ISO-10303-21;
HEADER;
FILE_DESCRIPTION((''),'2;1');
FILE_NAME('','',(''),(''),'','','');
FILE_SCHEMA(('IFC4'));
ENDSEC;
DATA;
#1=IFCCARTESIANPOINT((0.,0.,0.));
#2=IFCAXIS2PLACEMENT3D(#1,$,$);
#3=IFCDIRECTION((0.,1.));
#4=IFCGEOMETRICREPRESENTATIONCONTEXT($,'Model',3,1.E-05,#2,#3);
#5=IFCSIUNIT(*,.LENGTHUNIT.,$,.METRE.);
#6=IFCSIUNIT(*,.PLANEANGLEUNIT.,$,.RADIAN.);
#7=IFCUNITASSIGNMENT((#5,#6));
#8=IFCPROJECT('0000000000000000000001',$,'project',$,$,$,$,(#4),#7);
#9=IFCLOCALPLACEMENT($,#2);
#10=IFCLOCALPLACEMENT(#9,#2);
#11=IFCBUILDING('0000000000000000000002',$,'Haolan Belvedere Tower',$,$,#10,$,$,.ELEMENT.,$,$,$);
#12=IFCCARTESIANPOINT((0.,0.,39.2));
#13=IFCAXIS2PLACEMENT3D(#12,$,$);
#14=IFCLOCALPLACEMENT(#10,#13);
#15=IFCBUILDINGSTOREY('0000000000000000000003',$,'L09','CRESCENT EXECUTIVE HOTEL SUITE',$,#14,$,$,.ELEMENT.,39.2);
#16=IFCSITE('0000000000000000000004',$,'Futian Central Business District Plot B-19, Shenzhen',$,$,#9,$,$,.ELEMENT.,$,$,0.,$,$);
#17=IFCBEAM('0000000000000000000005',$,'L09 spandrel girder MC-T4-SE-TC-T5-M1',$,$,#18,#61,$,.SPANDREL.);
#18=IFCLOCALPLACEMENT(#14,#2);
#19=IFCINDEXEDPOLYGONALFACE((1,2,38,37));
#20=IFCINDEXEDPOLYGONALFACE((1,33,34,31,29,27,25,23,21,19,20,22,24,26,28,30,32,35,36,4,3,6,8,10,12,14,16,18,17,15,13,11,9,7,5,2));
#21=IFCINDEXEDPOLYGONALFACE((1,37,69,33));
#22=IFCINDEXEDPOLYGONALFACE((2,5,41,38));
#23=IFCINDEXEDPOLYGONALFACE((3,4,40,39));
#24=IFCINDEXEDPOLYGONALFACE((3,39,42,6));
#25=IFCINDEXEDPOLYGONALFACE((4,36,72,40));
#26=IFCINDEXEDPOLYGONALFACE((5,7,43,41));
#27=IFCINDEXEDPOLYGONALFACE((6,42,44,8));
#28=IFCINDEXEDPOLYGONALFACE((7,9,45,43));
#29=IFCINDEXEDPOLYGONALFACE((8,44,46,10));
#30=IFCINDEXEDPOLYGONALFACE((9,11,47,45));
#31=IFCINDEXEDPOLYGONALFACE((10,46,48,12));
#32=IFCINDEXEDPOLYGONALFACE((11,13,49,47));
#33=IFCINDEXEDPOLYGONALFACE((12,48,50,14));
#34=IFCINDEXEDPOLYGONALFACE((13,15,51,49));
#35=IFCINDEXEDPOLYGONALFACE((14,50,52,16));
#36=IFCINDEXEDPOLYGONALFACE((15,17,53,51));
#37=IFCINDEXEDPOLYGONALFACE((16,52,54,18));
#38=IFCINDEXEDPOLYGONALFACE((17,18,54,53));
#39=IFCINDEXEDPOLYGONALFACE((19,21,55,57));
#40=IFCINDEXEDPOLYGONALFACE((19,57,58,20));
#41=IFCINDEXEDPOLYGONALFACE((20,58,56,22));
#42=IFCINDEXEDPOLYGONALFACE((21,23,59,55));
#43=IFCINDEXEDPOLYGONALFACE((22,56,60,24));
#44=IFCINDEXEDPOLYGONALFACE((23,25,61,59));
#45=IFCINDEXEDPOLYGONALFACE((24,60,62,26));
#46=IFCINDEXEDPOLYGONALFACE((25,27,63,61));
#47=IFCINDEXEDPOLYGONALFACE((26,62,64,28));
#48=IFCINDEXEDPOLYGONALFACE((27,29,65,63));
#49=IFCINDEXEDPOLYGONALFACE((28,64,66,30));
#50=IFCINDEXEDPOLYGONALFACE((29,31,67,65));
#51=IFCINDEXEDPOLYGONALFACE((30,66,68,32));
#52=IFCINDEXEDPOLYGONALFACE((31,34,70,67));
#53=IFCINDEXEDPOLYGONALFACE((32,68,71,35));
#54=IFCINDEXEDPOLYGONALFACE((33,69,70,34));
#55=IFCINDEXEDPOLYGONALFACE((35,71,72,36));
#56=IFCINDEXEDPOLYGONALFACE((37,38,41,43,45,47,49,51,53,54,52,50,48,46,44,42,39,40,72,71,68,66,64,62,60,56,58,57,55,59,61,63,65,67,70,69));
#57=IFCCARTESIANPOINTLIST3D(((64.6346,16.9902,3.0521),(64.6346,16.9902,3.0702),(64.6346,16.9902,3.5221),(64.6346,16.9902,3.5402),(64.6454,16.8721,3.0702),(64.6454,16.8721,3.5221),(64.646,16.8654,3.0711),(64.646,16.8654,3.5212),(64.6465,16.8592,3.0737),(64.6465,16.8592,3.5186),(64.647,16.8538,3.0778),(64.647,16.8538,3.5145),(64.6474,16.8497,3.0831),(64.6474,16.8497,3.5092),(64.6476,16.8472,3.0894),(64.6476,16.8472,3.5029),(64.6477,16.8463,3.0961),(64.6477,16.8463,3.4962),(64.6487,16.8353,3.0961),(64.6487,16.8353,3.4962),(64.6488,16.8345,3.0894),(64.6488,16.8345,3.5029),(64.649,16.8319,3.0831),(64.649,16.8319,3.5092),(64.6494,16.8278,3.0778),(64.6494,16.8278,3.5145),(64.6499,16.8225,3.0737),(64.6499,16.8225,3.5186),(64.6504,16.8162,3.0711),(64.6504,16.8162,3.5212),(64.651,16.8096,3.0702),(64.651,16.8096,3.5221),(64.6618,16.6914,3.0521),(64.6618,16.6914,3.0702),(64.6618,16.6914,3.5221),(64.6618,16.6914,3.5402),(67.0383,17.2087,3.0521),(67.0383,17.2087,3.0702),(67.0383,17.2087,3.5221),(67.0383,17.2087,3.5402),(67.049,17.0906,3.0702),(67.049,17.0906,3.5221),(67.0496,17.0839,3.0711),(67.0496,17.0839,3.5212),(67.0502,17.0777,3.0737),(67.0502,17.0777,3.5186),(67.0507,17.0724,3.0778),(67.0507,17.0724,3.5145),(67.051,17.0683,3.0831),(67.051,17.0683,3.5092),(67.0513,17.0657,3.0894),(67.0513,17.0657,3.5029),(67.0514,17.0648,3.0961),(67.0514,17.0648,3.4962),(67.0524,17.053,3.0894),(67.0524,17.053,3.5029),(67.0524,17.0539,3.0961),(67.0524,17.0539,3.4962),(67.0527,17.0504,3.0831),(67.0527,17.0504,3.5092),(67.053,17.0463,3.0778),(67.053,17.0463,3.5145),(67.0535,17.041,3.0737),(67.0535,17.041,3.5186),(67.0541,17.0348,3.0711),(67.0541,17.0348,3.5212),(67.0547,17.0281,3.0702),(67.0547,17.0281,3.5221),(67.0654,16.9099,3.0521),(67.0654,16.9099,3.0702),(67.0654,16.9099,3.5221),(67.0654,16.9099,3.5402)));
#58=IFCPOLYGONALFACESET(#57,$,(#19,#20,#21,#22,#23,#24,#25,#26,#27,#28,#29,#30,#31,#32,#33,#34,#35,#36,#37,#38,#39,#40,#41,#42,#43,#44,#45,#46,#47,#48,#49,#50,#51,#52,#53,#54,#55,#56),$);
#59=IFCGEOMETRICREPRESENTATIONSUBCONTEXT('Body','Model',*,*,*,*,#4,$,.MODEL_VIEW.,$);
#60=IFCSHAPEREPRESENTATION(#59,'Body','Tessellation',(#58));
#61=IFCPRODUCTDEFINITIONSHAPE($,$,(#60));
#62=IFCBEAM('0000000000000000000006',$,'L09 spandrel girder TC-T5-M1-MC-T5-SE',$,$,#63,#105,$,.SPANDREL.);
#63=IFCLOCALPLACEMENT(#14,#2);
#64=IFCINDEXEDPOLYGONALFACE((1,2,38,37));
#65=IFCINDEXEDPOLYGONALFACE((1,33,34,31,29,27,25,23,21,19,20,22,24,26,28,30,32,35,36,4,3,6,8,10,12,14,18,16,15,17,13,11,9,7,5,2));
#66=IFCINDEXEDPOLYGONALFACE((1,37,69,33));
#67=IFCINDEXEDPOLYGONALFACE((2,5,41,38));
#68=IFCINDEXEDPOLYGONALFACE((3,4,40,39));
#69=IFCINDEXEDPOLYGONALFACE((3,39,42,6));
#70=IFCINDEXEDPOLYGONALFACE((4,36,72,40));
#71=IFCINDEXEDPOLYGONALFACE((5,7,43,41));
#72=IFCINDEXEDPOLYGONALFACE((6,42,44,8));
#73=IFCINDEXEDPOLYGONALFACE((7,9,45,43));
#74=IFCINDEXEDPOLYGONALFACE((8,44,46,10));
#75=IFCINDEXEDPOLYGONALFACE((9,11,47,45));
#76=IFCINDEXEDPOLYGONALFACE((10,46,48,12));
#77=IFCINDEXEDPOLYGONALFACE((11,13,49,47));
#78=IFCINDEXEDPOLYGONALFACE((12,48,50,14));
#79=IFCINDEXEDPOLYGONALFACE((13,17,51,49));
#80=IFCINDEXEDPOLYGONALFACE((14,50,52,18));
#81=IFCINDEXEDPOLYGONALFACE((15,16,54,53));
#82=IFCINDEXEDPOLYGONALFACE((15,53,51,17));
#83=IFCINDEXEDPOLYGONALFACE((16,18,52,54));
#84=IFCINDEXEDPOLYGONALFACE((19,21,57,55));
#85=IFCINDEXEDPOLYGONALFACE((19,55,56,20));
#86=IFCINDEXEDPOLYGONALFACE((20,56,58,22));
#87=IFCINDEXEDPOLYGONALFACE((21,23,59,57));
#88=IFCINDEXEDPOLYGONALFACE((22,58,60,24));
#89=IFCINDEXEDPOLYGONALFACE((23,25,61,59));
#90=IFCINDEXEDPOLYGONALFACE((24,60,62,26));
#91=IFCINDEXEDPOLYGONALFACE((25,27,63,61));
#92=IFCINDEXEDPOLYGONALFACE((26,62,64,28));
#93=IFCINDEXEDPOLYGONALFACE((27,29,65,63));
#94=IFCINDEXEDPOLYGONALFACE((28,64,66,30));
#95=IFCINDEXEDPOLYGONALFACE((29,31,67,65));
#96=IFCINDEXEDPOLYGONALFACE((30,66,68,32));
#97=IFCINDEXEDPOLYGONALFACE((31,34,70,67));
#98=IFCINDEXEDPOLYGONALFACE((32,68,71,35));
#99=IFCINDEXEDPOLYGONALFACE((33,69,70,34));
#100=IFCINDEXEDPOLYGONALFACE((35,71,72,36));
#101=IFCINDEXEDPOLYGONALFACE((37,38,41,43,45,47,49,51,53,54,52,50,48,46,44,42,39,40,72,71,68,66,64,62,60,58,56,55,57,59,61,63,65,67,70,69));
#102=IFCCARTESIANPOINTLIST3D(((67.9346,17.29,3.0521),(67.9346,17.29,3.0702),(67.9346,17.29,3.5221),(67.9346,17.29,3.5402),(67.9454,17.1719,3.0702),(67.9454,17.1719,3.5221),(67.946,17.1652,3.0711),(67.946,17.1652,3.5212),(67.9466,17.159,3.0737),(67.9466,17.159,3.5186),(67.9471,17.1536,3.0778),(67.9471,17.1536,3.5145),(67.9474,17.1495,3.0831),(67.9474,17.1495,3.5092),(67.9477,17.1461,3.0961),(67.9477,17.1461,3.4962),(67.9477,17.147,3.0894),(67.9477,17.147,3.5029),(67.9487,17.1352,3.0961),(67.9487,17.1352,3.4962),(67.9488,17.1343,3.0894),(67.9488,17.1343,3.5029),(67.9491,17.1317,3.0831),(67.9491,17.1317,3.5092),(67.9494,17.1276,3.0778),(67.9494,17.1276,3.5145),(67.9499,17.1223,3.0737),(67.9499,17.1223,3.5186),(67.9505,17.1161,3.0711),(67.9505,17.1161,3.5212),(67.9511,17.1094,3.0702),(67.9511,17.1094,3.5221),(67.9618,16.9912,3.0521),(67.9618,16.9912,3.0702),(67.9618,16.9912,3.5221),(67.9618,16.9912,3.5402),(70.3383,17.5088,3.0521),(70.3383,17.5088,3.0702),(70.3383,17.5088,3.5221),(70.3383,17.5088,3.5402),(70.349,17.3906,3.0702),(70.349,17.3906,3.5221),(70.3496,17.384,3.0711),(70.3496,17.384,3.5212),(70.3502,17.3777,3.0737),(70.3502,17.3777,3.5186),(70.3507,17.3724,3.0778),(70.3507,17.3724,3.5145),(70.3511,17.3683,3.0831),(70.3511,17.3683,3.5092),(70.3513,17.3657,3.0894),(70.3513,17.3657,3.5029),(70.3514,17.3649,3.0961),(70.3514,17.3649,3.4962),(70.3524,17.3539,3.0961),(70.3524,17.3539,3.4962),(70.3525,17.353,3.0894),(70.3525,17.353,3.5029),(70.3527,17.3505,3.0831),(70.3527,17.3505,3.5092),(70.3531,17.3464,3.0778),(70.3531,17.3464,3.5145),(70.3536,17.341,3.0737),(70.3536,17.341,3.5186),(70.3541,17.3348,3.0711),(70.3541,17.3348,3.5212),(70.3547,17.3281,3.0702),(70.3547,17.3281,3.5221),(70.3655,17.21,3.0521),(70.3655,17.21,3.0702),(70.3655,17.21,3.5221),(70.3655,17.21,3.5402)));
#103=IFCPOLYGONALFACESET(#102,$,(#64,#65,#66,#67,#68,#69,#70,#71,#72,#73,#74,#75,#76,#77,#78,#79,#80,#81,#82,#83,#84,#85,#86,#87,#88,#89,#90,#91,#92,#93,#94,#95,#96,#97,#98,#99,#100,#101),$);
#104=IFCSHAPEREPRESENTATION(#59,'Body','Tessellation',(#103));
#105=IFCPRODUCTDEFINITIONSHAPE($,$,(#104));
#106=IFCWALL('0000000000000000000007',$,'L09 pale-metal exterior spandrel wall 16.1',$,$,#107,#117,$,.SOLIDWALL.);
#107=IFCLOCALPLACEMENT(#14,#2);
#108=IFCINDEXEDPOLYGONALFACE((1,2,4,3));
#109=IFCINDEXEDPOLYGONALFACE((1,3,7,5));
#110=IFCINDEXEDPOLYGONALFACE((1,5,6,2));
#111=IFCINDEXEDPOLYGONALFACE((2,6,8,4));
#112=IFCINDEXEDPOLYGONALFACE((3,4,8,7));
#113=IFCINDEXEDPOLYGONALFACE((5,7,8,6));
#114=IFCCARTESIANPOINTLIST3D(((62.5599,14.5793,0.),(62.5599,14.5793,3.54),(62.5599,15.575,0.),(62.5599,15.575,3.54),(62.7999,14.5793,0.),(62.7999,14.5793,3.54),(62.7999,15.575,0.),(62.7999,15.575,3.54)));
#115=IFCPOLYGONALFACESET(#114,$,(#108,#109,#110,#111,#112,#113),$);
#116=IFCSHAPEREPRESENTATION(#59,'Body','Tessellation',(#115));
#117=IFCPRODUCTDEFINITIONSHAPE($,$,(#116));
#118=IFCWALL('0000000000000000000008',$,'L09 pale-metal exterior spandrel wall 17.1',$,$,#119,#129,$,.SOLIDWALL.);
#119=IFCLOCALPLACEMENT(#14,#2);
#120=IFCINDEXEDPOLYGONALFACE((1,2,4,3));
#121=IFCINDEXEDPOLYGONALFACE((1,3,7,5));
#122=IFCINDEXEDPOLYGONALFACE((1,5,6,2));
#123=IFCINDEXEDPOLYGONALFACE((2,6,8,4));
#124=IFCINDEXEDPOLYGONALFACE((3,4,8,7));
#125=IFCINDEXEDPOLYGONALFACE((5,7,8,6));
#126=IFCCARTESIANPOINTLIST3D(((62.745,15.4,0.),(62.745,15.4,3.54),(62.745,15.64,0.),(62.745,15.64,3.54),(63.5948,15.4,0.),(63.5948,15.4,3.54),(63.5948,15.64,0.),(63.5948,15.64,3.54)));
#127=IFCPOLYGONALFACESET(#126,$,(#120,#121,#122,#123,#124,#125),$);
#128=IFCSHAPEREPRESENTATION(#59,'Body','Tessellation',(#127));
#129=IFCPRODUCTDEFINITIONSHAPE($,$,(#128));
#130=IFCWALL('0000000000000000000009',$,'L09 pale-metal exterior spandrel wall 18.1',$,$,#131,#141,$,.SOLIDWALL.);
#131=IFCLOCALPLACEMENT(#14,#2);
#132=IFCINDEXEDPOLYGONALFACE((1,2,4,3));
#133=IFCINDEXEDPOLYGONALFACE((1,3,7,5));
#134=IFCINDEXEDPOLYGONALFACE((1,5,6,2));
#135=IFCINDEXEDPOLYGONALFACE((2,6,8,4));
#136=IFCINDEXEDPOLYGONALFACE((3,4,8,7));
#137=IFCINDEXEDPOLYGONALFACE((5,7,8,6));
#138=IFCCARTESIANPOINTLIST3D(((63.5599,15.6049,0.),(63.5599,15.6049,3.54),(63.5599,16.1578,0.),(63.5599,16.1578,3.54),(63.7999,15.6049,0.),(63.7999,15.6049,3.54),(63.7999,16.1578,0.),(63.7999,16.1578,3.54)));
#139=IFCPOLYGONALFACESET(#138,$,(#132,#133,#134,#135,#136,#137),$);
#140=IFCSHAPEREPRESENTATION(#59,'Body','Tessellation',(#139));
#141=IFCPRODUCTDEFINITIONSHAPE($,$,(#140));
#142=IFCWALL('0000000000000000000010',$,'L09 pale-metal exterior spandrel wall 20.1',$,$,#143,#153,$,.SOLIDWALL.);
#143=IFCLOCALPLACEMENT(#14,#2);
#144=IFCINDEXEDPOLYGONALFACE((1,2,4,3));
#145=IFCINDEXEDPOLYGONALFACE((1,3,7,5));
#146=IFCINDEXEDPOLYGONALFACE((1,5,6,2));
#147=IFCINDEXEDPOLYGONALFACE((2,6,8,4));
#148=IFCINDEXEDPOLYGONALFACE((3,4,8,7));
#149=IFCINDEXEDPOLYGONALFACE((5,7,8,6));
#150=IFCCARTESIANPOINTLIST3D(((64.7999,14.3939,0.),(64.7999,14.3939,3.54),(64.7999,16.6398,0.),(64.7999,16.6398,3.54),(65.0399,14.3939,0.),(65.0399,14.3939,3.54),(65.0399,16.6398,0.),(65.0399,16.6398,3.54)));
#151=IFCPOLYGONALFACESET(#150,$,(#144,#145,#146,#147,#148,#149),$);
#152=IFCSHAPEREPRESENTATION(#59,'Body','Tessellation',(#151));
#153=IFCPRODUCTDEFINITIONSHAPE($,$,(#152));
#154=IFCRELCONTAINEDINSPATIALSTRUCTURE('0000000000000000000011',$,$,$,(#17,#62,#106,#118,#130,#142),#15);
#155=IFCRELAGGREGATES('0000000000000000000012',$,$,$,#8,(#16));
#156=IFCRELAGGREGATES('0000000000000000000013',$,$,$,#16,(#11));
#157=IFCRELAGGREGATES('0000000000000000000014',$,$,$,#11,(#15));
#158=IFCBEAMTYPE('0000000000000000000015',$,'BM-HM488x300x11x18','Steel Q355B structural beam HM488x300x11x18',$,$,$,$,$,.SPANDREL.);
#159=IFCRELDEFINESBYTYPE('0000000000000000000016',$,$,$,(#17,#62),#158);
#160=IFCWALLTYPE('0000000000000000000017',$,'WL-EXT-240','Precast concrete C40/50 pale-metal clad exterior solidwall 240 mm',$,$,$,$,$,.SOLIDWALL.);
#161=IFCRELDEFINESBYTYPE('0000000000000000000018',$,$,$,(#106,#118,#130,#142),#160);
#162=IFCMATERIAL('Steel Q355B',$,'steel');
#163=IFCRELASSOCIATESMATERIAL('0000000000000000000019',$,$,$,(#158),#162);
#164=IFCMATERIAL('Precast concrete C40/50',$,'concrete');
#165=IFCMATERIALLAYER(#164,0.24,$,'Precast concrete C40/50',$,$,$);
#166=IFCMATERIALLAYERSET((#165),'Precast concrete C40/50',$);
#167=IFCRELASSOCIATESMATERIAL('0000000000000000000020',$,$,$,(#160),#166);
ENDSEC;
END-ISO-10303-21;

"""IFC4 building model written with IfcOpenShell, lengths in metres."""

from ifc_helpers import new_model, si_unit, direction, frame, frame_2d, origin, origin_2d, place, context, subcontext, project, spatial, rectangle, i_section, extrude, material, layer, layer_set, material_profile, profile_set, type_object, element, save


model = new_model("IFC4")

# Units and contexts
model_context = context("Model", 3, precision=1e-05, world=origin(), true_north=direction((0.0, 1.0)))
body_context = subcontext(model_context, "Body", "Model", "MODEL_VIEW")
ifc_project = project(units=[si_unit("LENGTHUNIT", "METRE"), si_unit("PLANEANGLEUNIT", "RADIAN")], contexts=[model_context])

# Site, building, storey
site_placement = place(None, origin())
site = spatial("IfcSite", under=ifc_project, at=site_placement, Name="Futian Central Business District Plot B-19, Shenzhen", CompositionType="ELEMENT", RefElevation=0.0)
building_placement = place(site_placement, origin())
building = spatial("IfcBuilding", under=site, at=building_placement, Name="Haolan Belvedere Tower", CompositionType="ELEMENT")
storey_placement = place(building_placement, frame((0.0, 0.0, 39.2)))
storey = spatial("IfcBuildingStorey", under=building, at=storey_placement, Name="L09", Description="CRESCENT EXECUTIVE HOTEL SUITE", CompositionType="ELEMENT", Elevation=39.2)

# Shared definitions
ifc_material_1 = material(Name="Steel Q355B", Category="steel")

# Beams
ifc_material_profile_1 = material_profile(ifc_material_1, i_section(OverallWidth=0.3, OverallDepth=0.488, WebThickness=0.011, FlangeThickness=0.0181, FilletRadius=0.0259, at=origin_2d()), Name="Steel Q355B")
ifc_profile_set_1 = profile_set([ifc_material_profile_1], Name="Steel Q355B")
beam_type = type_object("IfcBeamType", Name="BM-HM488x300x11x18", Description="Steel Q355B structural beam HM488x300x11x18", PredefinedType="SPANDREL", material=ifc_profile_set_1)
for number, where, z_axis, x_axis, name in (
    (1, (64.6482, 16.8408, 3.2961), (0.995893, 0.090536, 0.0), (-0.090536, 0.995893, 0.0), "L09 spandrel girder MC-T4-SE-TC-T5-M1"),
    (2, (67.9482, 17.1406, 3.2961), (0.995884, 0.090636, 0.0), (-0.090636, 0.995884, 0.0), "L09 spandrel girder TC-T5-M1-MC-T5-SE"),
):
    element("IfcBeam", number, at=place(storey_placement, frame(where, z_axis=z_axis, x_axis=x_axis)), inside=storey, type_object=beam_type, Name=name, PredefinedType="SPANDREL", context=body_context, shape_type="SweptSolid", body=[
        extrude(i_section(OverallWidth=0.3, OverallDepth=0.488, WebThickness=0.011, FlangeThickness=0.0181, FilletRadius=0.0259, at=origin_2d()), origin(), (0.0, 0.0, 1.0), 2.4136),
    ])

# Walls
ifc_material_2 = material(Name="Precast concrete C40/50", Category="concrete")
ifc_layer_1 = layer(ifc_material_2, 0.24, Name="Precast concrete C40/50")
ifc_layer_set_1 = layer_set([ifc_layer_1], Name="Precast concrete C40/50")
wall_type_1 = type_object("IfcWallType", Name="WL-EXT-240", Description="Precast concrete C40/50 pale-metal clad exterior solidwall 240 mm", PredefinedType="SOLIDWALL", material=ifc_layer_set_1)
wall_1_placement = place(storey_placement, frame((62.6799, 14.5793, 0.0), z_axis=(0.0, 0.0, 1.0), x_axis=(0.0, 1.0, 0.0)))
element("IfcWall", 3, at=wall_1_placement, inside=storey, type_object=wall_type_1, Name="L09 pale-metal exterior spandrel wall 16.1", PredefinedType="SOLIDWALL", context=body_context, shape_type="SweptSolid", body=[
    extrude(rectangle(XDim=0.9956, YDim=0.24, at=frame_2d((0.4978, 0.0))), origin(), (0.0, 0.0, 1.0), 3.54),
])
wall_2_placement = place(storey_placement, frame((62.7451, 15.52, 0.0), z_axis=(0.0, 0.0, 1.0), x_axis=(1.0, 0.0, 0.0)))
element("IfcWall", 4, at=wall_2_placement, inside=storey, type_object=wall_type_1, Name="L09 pale-metal exterior spandrel wall 17.1", PredefinedType="SOLIDWALL", context=body_context, shape_type="SweptSolid", body=[
    extrude(rectangle(XDim=0.8499, YDim=0.24, at=frame_2d((0.4248, 0.0))), origin(), (0.0, 0.0, 1.0), 3.54),
])
wall_3_placement = place(storey_placement, frame((63.6799, 15.605, 0.0), z_axis=(0.0, 0.0, 1.0), x_axis=(0.0, 1.0, 0.0)))
element("IfcWall", 5, at=wall_3_placement, inside=storey, type_object=wall_type_1, Name="L09 pale-metal exterior spandrel wall 18.1", PredefinedType="SOLIDWALL", context=body_context, shape_type="SweptSolid", body=[
    extrude(rectangle(XDim=0.553, YDim=0.24, at=frame_2d((0.2764, 0.0))), origin(), (0.0, 0.0, 1.0), 3.54),
])
wall_4_placement = place(storey_placement, frame((64.9199, 16.6399, 0.0), z_axis=(0.0, 0.0, 1.0), x_axis=(0.0, -1.0, 0.0)))
element("IfcWall", 6, at=wall_4_placement, inside=storey, type_object=wall_type_1, Name="L09 pale-metal exterior spandrel wall 20.1", PredefinedType="SOLIDWALL", context=body_context, shape_type="SweptSolid", body=[
    extrude(rectangle(XDim=2.2458, YDim=0.24, at=frame_2d((1.123, 0.0))), origin(), (0.0, 0.0, 1.0), 3.54),
])

save(model, "model.ifc")
